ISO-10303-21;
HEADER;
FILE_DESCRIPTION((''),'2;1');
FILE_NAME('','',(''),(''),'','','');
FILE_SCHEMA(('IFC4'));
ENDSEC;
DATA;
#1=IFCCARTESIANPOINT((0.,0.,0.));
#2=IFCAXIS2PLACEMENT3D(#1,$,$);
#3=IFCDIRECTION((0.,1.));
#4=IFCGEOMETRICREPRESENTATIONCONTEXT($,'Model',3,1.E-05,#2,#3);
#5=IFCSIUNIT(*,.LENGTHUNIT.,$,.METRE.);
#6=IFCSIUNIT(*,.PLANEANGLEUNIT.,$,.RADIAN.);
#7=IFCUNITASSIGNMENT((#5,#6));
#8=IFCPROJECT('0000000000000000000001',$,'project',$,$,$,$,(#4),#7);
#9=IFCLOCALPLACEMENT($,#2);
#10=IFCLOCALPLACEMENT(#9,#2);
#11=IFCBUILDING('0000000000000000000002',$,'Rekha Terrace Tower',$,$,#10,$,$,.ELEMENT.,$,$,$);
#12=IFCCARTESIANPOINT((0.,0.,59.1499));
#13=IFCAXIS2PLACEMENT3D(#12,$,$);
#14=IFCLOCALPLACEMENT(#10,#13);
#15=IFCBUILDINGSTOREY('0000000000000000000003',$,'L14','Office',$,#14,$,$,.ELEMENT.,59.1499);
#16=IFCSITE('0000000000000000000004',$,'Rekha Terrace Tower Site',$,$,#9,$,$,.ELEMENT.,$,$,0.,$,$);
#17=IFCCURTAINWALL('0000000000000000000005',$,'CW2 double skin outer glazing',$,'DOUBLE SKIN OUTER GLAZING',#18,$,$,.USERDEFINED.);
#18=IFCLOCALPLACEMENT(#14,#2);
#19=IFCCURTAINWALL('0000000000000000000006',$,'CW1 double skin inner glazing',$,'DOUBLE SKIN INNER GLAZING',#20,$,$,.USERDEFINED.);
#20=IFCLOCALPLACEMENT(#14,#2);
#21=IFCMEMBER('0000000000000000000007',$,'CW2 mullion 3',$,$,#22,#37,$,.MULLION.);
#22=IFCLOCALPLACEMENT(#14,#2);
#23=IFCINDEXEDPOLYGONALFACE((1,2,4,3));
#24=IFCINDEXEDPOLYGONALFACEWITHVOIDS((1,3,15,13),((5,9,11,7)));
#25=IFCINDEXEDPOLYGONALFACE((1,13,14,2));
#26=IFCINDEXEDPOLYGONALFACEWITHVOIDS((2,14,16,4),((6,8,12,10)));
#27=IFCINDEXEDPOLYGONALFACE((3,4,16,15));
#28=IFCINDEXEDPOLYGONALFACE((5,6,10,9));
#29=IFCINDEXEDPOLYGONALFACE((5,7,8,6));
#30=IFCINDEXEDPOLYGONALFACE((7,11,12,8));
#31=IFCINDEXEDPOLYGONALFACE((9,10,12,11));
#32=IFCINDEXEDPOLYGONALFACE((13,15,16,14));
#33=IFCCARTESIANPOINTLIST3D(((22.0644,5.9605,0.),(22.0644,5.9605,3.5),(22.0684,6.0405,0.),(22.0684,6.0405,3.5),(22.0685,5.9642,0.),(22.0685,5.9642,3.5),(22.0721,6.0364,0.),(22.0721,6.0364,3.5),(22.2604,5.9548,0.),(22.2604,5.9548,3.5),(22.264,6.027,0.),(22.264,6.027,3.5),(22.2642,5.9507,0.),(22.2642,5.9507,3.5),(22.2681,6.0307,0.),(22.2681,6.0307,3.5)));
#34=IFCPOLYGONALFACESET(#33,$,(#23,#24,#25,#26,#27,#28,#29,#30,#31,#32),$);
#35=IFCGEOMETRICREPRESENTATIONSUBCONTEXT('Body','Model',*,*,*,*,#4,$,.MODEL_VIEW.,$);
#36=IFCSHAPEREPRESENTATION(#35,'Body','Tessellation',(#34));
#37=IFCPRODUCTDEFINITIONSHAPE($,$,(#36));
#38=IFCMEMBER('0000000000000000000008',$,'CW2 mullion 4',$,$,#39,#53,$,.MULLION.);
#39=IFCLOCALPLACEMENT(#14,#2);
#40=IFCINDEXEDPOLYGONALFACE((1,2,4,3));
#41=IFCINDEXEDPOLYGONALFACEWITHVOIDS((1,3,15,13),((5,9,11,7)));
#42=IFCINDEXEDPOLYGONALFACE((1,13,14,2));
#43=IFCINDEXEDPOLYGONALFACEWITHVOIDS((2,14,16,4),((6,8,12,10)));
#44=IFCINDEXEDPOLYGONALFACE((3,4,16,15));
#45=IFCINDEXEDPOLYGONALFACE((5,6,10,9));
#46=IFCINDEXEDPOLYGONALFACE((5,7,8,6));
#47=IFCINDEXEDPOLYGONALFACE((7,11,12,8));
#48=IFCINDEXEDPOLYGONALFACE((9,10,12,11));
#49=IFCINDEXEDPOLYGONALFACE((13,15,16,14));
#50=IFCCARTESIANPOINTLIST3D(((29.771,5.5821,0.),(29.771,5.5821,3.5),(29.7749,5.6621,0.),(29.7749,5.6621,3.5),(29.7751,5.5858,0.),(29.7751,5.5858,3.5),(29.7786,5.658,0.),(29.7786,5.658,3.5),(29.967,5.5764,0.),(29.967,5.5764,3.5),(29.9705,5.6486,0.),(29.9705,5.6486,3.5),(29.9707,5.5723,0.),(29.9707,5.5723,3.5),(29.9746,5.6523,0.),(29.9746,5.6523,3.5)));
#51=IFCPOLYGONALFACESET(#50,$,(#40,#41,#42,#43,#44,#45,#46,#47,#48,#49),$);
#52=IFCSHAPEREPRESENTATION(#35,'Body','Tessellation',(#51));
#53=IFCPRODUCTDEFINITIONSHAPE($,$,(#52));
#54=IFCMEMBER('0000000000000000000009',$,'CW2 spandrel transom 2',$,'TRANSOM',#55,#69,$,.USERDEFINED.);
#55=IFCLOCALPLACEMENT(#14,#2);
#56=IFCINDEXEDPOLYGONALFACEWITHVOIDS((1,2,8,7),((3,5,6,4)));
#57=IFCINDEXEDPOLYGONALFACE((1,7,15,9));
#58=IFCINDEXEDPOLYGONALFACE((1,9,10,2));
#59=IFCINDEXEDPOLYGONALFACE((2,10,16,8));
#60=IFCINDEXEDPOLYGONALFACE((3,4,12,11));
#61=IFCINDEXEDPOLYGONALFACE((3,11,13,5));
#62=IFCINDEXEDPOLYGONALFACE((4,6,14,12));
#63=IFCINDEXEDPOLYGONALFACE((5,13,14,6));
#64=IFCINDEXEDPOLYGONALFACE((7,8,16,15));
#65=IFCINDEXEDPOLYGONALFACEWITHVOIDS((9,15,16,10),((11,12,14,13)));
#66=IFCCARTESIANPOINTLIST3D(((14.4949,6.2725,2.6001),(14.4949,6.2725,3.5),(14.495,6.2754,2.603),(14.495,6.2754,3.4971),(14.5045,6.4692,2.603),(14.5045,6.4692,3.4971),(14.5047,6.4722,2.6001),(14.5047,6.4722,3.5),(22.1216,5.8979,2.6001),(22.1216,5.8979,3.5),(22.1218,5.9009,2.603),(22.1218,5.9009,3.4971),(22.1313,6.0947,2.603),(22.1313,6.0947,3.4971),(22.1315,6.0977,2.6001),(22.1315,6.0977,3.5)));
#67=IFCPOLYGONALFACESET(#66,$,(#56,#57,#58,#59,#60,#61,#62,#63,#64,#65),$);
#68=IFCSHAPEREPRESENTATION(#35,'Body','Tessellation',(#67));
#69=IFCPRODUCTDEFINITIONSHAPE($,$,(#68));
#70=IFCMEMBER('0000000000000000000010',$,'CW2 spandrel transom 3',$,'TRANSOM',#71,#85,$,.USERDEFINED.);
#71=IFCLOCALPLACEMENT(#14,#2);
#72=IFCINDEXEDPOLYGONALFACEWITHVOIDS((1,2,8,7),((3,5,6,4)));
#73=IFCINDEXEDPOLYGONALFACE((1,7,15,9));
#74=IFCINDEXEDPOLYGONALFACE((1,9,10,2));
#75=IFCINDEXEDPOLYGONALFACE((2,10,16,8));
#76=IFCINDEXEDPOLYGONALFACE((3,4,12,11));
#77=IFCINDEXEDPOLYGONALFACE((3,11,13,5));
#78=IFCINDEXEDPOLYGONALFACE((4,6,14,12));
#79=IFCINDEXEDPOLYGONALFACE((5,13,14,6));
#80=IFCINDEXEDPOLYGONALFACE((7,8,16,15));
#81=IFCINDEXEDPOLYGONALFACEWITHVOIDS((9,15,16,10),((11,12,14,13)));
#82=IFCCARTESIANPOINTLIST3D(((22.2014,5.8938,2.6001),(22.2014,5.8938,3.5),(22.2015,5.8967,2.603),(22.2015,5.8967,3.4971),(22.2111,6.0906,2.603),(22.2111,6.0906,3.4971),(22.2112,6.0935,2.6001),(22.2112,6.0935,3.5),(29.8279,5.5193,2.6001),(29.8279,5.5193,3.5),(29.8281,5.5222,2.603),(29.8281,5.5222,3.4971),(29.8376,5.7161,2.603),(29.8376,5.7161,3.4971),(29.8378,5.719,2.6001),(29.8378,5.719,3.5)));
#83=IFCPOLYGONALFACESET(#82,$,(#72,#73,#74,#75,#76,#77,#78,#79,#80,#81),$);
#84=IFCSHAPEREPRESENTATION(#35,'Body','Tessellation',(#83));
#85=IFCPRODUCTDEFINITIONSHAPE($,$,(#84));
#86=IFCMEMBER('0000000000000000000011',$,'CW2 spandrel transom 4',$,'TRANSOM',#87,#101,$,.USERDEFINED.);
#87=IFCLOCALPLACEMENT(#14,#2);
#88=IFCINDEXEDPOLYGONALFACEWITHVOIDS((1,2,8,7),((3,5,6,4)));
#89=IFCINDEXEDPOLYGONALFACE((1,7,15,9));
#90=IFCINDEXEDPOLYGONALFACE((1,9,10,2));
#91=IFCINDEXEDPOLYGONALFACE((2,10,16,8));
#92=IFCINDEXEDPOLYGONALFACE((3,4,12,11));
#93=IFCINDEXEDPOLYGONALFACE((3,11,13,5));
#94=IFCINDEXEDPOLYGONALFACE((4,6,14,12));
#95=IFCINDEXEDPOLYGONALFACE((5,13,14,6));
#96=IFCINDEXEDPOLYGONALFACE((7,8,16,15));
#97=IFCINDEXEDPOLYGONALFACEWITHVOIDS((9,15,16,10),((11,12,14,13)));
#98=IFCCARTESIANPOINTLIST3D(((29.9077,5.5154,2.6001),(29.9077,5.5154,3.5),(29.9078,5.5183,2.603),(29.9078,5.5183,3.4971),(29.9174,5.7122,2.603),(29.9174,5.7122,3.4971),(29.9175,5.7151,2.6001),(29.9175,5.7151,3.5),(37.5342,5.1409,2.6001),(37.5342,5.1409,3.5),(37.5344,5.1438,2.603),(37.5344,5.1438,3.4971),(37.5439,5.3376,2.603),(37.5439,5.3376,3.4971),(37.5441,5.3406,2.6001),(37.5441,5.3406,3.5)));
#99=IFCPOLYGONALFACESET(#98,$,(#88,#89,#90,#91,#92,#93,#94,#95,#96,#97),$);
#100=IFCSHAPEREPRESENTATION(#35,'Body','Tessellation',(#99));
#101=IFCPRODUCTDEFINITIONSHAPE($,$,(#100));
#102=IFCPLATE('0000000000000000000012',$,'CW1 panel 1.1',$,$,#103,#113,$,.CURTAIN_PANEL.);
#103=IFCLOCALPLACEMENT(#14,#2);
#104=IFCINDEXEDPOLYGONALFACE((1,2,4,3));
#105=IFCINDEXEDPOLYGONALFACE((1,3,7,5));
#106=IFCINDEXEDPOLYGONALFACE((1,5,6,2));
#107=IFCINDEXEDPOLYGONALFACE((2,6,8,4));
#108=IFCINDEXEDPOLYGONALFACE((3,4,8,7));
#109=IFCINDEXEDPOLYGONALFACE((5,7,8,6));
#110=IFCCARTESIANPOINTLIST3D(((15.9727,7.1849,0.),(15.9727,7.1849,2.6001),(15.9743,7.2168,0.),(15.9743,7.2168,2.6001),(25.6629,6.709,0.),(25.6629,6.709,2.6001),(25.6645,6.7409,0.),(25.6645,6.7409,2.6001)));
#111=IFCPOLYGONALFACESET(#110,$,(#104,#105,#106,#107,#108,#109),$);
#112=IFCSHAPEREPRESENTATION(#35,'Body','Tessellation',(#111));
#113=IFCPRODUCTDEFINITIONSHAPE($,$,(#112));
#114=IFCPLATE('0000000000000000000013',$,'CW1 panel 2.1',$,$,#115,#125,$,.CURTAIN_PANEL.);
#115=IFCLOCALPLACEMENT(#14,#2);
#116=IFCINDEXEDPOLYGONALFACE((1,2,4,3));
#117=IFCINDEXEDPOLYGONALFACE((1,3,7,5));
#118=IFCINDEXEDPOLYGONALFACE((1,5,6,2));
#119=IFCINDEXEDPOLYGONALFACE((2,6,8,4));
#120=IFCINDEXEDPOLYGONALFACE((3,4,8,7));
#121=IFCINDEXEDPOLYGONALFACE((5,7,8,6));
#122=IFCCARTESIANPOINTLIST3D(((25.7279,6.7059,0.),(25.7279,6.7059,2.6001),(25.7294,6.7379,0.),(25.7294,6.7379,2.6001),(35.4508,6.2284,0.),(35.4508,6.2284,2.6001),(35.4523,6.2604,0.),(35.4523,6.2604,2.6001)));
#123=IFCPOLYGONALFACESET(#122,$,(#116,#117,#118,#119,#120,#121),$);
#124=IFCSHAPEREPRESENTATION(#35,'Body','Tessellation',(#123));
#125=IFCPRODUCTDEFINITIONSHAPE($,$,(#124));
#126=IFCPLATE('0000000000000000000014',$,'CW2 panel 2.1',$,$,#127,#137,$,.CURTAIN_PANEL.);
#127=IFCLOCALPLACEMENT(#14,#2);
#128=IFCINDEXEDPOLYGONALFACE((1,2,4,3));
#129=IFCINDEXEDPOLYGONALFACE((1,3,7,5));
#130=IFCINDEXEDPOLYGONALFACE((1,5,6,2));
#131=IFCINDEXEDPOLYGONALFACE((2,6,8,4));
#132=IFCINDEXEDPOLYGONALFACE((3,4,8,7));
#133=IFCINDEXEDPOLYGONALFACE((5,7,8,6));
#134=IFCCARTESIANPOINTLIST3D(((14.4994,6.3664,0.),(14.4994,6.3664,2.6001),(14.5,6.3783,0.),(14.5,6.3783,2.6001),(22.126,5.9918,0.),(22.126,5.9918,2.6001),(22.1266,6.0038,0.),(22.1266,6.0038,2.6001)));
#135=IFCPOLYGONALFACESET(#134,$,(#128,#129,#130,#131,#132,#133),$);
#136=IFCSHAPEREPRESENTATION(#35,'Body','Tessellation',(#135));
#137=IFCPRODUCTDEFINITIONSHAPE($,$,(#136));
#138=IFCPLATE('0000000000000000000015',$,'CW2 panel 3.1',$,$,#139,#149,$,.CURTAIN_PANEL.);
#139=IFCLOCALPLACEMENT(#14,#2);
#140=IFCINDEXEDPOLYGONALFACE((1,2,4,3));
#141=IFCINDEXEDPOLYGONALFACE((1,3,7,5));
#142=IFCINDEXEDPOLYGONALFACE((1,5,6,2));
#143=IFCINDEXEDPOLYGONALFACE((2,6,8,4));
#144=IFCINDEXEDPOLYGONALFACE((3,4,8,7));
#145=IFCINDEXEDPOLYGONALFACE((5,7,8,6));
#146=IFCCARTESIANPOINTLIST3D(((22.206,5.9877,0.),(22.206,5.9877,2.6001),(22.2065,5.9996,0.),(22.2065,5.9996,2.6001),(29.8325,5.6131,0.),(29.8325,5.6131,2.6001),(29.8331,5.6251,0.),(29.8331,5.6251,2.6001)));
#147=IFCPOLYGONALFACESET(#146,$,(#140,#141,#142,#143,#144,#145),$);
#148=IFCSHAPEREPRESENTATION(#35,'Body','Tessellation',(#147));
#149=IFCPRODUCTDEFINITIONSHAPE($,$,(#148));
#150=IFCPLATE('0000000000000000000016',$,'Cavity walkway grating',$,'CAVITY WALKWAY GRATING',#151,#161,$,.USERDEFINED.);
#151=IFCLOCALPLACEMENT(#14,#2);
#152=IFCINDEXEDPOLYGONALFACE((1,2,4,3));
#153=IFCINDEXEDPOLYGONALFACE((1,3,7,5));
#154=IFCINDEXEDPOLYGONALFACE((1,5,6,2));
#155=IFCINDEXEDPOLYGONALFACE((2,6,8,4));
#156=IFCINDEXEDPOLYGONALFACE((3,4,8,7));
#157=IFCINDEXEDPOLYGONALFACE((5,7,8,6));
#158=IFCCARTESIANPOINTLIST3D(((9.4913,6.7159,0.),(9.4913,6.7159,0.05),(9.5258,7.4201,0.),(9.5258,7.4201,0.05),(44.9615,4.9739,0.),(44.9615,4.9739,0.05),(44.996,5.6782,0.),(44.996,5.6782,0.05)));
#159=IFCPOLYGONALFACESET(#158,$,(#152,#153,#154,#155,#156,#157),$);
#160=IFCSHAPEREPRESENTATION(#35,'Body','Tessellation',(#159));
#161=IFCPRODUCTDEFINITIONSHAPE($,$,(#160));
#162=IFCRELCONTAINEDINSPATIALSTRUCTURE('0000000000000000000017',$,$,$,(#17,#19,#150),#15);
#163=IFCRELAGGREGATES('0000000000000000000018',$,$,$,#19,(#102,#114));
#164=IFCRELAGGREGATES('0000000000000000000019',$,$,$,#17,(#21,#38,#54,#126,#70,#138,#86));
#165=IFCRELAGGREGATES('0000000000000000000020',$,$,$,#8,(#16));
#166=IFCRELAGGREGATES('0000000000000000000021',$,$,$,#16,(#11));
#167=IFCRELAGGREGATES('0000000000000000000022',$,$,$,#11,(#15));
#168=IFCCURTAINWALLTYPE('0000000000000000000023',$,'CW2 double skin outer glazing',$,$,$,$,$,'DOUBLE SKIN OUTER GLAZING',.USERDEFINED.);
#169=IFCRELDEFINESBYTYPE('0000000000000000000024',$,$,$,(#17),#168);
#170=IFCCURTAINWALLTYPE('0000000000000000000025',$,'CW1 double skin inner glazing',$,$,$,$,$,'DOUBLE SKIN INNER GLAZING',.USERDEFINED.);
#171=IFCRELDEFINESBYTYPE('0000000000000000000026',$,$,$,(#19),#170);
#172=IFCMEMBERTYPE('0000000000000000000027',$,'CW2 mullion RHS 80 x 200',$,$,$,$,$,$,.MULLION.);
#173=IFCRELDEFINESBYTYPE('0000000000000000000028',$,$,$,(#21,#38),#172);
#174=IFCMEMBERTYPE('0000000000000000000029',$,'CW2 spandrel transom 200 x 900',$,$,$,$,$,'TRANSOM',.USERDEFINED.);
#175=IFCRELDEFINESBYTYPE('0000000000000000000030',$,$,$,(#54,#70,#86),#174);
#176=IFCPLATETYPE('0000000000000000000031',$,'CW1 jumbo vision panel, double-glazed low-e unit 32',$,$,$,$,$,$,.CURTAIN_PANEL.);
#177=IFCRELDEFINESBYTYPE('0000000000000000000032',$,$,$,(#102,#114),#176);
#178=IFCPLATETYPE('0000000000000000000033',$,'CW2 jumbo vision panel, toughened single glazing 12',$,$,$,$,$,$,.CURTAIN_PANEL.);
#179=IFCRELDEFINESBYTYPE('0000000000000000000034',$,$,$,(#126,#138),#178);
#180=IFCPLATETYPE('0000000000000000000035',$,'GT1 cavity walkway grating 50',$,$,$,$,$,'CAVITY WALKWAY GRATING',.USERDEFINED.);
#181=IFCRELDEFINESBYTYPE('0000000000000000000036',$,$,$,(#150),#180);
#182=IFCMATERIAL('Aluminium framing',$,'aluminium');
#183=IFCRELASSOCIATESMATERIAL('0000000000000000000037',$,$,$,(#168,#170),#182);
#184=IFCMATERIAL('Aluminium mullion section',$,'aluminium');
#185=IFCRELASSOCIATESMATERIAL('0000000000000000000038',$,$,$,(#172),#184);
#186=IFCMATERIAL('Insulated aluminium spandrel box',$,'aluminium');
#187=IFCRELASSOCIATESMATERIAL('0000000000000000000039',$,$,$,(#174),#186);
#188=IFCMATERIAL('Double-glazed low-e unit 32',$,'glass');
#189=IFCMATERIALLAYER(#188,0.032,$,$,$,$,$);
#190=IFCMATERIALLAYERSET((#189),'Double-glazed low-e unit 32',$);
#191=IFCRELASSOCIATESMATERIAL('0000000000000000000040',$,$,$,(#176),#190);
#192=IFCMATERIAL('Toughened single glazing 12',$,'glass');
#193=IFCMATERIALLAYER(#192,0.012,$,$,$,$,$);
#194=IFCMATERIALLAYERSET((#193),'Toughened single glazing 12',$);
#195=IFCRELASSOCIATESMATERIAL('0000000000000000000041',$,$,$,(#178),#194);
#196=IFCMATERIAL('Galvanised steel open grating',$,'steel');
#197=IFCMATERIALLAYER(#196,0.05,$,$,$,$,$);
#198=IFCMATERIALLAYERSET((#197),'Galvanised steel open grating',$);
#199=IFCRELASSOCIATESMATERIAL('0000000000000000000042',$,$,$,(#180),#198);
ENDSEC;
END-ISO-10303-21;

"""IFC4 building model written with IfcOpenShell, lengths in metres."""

from ifc_helpers import new_model, si_unit, direction, frame, origin, origin_2d, place, context, subcontext, project, spatial, rectangle, hollow_rectangle, extrude, material, layer, layer_set, material_profile, profile_set, type_object, element, aggregate, save


model = new_model("IFC4")

# Units and contexts
model_context = context("Model", 3, precision=1e-05, world=origin(), true_north=direction((0.0, 1.0)))
body_context = subcontext(model_context, "Body", "Model", "MODEL_VIEW")
ifc_project = project(units=[si_unit("LENGTHUNIT", "METRE"), si_unit("PLANEANGLEUNIT", "RADIAN")], contexts=[model_context])

# Site, building, storey
site_placement = place(None, origin())
site = spatial("IfcSite", under=ifc_project, at=site_placement, Name="Rekha Terrace Tower Site", CompositionType="ELEMENT", RefElevation=0.0)
building_placement = place(site_placement, origin())
building = spatial("IfcBuilding", under=site, at=building_placement, Name="Rekha Terrace Tower", CompositionType="ELEMENT")
storey_placement = place(building_placement, frame((0.0, 0.0, 59.1499)))
storey = spatial("IfcBuildingStorey", under=building, at=storey_placement, Name="L14", Description="Office", CompositionType="ELEMENT", Elevation=59.1499)

# Curtain wall
ifc_material_1 = material(Name="Aluminium framing", Category="aluminium")
curtain_wall_type_1 = type_object("IfcCurtainWallType", Name="CW2 double skin outer glazing", ElementType="DOUBLE SKIN OUTER GLAZING", PredefinedType="USERDEFINED", material=ifc_material_1)
curtain_wall_1_placement = place(storey_placement, origin())
curtain_wall_1 = element("IfcCurtainWall", 1, at=curtain_wall_1_placement, inside=storey, type_object=curtain_wall_type_1, Name="CW2 double skin outer glazing", ObjectType="DOUBLE SKIN OUTER GLAZING", PredefinedType="USERDEFINED")

# Shared definitions
curtain_wall_type_2 = type_object("IfcCurtainWallType", Name="CW1 double skin inner glazing", ElementType="DOUBLE SKIN INNER GLAZING", PredefinedType="USERDEFINED", material=ifc_material_1)
ifc_material_2 = material(Name="Aluminium mullion section", Category="aluminium")

# Curtain wall
curtain_wall_2_placement = place(storey_placement, origin())
curtain_wall_2 = element("IfcCurtainWall", 2, at=curtain_wall_2_placement, inside=storey, type_object=curtain_wall_type_2, Name="CW1 double skin inner glazing", ObjectType="DOUBLE SKIN INNER GLAZING", PredefinedType="USERDEFINED")
ifc_material_3 = material(Name="Insulated aluminium spandrel box", Category="aluminium")

# Members
ifc_material_profile_1 = material_profile(ifc_material_2, hollow_rectangle(XDim=0.0801, YDim=0.2, WallThickness=0.0039, at=origin_2d()), Name="AL RHS 80x200")
ifc_profile_set_1 = profile_set([ifc_material_profile_1], Name="Aluminium mullion section")
member_type_1 = type_object("IfcMemberType", Name="CW2 mullion RHS 80 x 200", PredefinedType="MULLION", material=ifc_profile_set_1)
member_1_placement = place(storey_placement, frame((22.1663, 5.9956, 0.0), z_axis=(0.0, 0.0, 1.0), x_axis=(0.049052, 0.998796, 0.0)))
member_1 = element("IfcMember", 3, at=member_1_placement, type_object=member_type_1, Name="CW2 mullion 3", PredefinedType="MULLION", context=body_context, shape_type="SweptSolid", body=[
    extrude(hollow_rectangle(XDim=0.0801, YDim=0.2, WallThickness=0.0039, at=origin_2d()), origin(), (0.0, 0.0, 1.0), 3.5),
])
member_2_placement = place(storey_placement, frame((29.8728, 5.6172, 0.0), z_axis=(0.0, 0.0, 1.0), x_axis=(0.049052, 0.998796, 0.0)))
member_2 = element("IfcMember", 4, at=member_2_placement, type_object=member_type_1, Name="CW2 mullion 4", PredefinedType="MULLION", context=body_context, shape_type="SweptSolid", body=[
    extrude(hollow_rectangle(XDim=0.0801, YDim=0.2, WallThickness=0.0039, at=origin_2d()), origin(), (0.0, 0.0, 1.0), 3.5),
])
ifc_material_profile_2 = material_profile(ifc_material_3, hollow_rectangle(XDim=0.2, YDim=0.8999, WallThickness=0.0029, at=origin_2d()), Name="AL SPANDREL BOX 200x900")
ifc_profile_set_2 = profile_set([ifc_material_profile_2], Name="Insulated aluminium spandrel box")
member_type_2 = type_object("IfcMemberType", Name="CW2 spandrel transom 200 x 900", ElementType="TRANSOM", PredefinedType="USERDEFINED", material=ifc_profile_set_2)
member_3_placement = place(storey_placement, frame((14.4998, 6.3723, 3.05), z_axis=(0.998797, -0.049046, 0.0), x_axis=(0.049046, 0.998797, 0.0)))
member_3 = element("IfcMember", 5, at=member_3_placement, type_object=member_type_2, Name="CW2 spandrel transom 2", ObjectType="TRANSOM", PredefinedType="USERDEFINED", context=body_context, shape_type="SweptSolid", body=[
    extrude(hollow_rectangle(XDim=0.2, YDim=0.8999, WallThickness=0.0029, at=origin_2d()), origin(), (0.0, 0.0, 1.0), 7.636),
])
member_4_placement = place(storey_placement, frame((22.2063, 5.9937, 3.05), z_axis=(0.998796, -0.049048, 0.0), x_axis=(0.049048, 0.998796, 0.0)))
member_4 = element("IfcMember", 6, at=member_4_placement, type_object=member_type_2, Name="CW2 spandrel transom 3", ObjectType="TRANSOM", PredefinedType="USERDEFINED", context=body_context, shape_type="SweptSolid", body=[
    extrude(hollow_rectangle(XDim=0.2, YDim=0.8999, WallThickness=0.0029, at=origin_2d()), origin(), (0.0, 0.0, 1.0), 7.6357),
])
member_5_placement = place(storey_placement, frame((29.9126, 5.6152, 3.05), z_axis=(0.998796, -0.049048, 0.0), x_axis=(0.049048, 0.998796, 0.0)))
member_5 = element("IfcMember", 7, at=member_5_placement, type_object=member_type_2, Name="CW2 spandrel transom 4", ObjectType="TRANSOM", PredefinedType="USERDEFINED", context=body_context, shape_type="SweptSolid", body=[
    extrude(hollow_rectangle(XDim=0.2, YDim=0.8999, WallThickness=0.0029, at=origin_2d()), origin(), (0.0, 0.0, 1.0), 7.6357),
])

# Plates
ifc_material_4 = material(Name="Double-glazed low-e unit 32", Category="glass")
ifc_layer_1 = layer(ifc_material_4, 0.032)
ifc_layer_set_1 = layer_set([ifc_layer_1], Name="Double-glazed low-e unit 32")
plate_type_1 = type_object("IfcPlateType", Name="CW1 jumbo vision panel, double-glazed low-e unit 32", PredefinedType="CURTAIN_PANEL", material=ifc_layer_set_1)
plate_1_placement = place(storey_placement, frame((20.8186, 6.9629, 0.0), z_axis=(0.0, 0.0, 1.0), x_axis=(0.998796, -0.049052, 0.0)))
plate_1 = element("IfcPlate", 8, at=plate_1_placement, type_object=plate_type_1, Name="CW1 panel 1.1", PredefinedType="CURTAIN_PANEL", context=body_context, shape_type="SweptSolid", body=[
    extrude(rectangle(XDim=9.7019, YDim=0.032, at=origin_2d()), origin(), (0.0, 0.0, 1.0), 2.6001),
])
plate_2_placement = place(storey_placement, frame((30.5901, 6.4832, 0.0), z_axis=(0.0, 0.0, 1.0), x_axis=(0.998796, -0.049052, 0.0)))
plate_2 = element("IfcPlate", 9, at=plate_2_placement, type_object=plate_type_1, Name="CW1 panel 2.1", PredefinedType="CURTAIN_PANEL", context=body_context, shape_type="SweptSolid", body=[
    extrude(rectangle(XDim=9.7346, YDim=0.032, at=origin_2d()), origin(), (0.0, 0.0, 1.0), 2.6001),
])
aggregate(curtain_wall_2, [plate_1, plate_2])
ifc_material_5 = material(Name="Toughened single glazing 12", Category="glass")
ifc_layer_2 = layer(ifc_material_5, 0.012)
ifc_layer_set_2 = layer_set([ifc_layer_2], Name="Toughened single glazing 12")
plate_type_2 = type_object("IfcPlateType", Name="CW2 jumbo vision panel, toughened single glazing 12", PredefinedType="CURTAIN_PANEL", material=ifc_layer_set_2)
plate_3_placement = place(storey_placement, frame((18.313, 6.1851, 0.0), z_axis=(0.0, 0.0, 1.0), x_axis=(0.998796, -0.049052, 0.0)))
plate_3 = element("IfcPlate", 10, at=plate_3_placement, type_object=plate_type_2, Name="CW2 panel 2.1", PredefinedType="CURTAIN_PANEL", context=body_context, shape_type="SweptSolid", body=[
    extrude(rectangle(XDim=7.6357, YDim=0.012, at=origin_2d()), origin(), (0.0, 0.0, 1.0), 2.6001),
])
plate_4_placement = place(storey_placement, frame((26.0195, 5.8064, 0.0), z_axis=(0.0, 0.0, 1.0), x_axis=(0.998796, -0.049052, 0.0)))
plate_4 = element("IfcPlate", 11, at=plate_4_placement, type_object=plate_type_2, Name="CW2 panel 3.1", PredefinedType="CURTAIN_PANEL", context=body_context, shape_type="SweptSolid", body=[
    extrude(rectangle(XDim=7.6357, YDim=0.012, at=origin_2d()), origin(), (0.0, 0.0, 1.0), 2.6001),
])
aggregate(curtain_wall_1, [member_1, member_2, member_3, plate_3, member_4, plate_4, member_5])
ifc_material_6 = material(Name="Galvanised steel open grating", Category="steel")
ifc_layer_3 = layer(ifc_material_6, 0.05)
ifc_layer_set_3 = layer_set([ifc_layer_3], Name="Galvanised steel open grating")
plate_type_3 = type_object("IfcPlateType", Name="GT1 cavity walkway grating 50", ElementType="CAVITY WALKWAY GRATING", PredefinedType="USERDEFINED", material=ifc_layer_set_3)
plate_5_placement = place(storey_placement, frame((27.2437, 6.197, 0.0), z_axis=(0.0, 0.0, 1.0), x_axis=(0.998796, -0.049052, 0.0)))
element("IfcPlate", 12, at=plate_5_placement, inside=storey, type_object=plate_type_3, Name="Cavity walkway grating", ObjectType="CAVITY WALKWAY GRATING", PredefinedType="USERDEFINED", context=body_context, shape_type="SweptSolid", body=[
    extrude(rectangle(XDim=35.5129, YDim=0.7051, at=origin_2d()), origin(), (0.0, 0.0, 1.0), 0.05),
])

save(model, "model.ifc")
